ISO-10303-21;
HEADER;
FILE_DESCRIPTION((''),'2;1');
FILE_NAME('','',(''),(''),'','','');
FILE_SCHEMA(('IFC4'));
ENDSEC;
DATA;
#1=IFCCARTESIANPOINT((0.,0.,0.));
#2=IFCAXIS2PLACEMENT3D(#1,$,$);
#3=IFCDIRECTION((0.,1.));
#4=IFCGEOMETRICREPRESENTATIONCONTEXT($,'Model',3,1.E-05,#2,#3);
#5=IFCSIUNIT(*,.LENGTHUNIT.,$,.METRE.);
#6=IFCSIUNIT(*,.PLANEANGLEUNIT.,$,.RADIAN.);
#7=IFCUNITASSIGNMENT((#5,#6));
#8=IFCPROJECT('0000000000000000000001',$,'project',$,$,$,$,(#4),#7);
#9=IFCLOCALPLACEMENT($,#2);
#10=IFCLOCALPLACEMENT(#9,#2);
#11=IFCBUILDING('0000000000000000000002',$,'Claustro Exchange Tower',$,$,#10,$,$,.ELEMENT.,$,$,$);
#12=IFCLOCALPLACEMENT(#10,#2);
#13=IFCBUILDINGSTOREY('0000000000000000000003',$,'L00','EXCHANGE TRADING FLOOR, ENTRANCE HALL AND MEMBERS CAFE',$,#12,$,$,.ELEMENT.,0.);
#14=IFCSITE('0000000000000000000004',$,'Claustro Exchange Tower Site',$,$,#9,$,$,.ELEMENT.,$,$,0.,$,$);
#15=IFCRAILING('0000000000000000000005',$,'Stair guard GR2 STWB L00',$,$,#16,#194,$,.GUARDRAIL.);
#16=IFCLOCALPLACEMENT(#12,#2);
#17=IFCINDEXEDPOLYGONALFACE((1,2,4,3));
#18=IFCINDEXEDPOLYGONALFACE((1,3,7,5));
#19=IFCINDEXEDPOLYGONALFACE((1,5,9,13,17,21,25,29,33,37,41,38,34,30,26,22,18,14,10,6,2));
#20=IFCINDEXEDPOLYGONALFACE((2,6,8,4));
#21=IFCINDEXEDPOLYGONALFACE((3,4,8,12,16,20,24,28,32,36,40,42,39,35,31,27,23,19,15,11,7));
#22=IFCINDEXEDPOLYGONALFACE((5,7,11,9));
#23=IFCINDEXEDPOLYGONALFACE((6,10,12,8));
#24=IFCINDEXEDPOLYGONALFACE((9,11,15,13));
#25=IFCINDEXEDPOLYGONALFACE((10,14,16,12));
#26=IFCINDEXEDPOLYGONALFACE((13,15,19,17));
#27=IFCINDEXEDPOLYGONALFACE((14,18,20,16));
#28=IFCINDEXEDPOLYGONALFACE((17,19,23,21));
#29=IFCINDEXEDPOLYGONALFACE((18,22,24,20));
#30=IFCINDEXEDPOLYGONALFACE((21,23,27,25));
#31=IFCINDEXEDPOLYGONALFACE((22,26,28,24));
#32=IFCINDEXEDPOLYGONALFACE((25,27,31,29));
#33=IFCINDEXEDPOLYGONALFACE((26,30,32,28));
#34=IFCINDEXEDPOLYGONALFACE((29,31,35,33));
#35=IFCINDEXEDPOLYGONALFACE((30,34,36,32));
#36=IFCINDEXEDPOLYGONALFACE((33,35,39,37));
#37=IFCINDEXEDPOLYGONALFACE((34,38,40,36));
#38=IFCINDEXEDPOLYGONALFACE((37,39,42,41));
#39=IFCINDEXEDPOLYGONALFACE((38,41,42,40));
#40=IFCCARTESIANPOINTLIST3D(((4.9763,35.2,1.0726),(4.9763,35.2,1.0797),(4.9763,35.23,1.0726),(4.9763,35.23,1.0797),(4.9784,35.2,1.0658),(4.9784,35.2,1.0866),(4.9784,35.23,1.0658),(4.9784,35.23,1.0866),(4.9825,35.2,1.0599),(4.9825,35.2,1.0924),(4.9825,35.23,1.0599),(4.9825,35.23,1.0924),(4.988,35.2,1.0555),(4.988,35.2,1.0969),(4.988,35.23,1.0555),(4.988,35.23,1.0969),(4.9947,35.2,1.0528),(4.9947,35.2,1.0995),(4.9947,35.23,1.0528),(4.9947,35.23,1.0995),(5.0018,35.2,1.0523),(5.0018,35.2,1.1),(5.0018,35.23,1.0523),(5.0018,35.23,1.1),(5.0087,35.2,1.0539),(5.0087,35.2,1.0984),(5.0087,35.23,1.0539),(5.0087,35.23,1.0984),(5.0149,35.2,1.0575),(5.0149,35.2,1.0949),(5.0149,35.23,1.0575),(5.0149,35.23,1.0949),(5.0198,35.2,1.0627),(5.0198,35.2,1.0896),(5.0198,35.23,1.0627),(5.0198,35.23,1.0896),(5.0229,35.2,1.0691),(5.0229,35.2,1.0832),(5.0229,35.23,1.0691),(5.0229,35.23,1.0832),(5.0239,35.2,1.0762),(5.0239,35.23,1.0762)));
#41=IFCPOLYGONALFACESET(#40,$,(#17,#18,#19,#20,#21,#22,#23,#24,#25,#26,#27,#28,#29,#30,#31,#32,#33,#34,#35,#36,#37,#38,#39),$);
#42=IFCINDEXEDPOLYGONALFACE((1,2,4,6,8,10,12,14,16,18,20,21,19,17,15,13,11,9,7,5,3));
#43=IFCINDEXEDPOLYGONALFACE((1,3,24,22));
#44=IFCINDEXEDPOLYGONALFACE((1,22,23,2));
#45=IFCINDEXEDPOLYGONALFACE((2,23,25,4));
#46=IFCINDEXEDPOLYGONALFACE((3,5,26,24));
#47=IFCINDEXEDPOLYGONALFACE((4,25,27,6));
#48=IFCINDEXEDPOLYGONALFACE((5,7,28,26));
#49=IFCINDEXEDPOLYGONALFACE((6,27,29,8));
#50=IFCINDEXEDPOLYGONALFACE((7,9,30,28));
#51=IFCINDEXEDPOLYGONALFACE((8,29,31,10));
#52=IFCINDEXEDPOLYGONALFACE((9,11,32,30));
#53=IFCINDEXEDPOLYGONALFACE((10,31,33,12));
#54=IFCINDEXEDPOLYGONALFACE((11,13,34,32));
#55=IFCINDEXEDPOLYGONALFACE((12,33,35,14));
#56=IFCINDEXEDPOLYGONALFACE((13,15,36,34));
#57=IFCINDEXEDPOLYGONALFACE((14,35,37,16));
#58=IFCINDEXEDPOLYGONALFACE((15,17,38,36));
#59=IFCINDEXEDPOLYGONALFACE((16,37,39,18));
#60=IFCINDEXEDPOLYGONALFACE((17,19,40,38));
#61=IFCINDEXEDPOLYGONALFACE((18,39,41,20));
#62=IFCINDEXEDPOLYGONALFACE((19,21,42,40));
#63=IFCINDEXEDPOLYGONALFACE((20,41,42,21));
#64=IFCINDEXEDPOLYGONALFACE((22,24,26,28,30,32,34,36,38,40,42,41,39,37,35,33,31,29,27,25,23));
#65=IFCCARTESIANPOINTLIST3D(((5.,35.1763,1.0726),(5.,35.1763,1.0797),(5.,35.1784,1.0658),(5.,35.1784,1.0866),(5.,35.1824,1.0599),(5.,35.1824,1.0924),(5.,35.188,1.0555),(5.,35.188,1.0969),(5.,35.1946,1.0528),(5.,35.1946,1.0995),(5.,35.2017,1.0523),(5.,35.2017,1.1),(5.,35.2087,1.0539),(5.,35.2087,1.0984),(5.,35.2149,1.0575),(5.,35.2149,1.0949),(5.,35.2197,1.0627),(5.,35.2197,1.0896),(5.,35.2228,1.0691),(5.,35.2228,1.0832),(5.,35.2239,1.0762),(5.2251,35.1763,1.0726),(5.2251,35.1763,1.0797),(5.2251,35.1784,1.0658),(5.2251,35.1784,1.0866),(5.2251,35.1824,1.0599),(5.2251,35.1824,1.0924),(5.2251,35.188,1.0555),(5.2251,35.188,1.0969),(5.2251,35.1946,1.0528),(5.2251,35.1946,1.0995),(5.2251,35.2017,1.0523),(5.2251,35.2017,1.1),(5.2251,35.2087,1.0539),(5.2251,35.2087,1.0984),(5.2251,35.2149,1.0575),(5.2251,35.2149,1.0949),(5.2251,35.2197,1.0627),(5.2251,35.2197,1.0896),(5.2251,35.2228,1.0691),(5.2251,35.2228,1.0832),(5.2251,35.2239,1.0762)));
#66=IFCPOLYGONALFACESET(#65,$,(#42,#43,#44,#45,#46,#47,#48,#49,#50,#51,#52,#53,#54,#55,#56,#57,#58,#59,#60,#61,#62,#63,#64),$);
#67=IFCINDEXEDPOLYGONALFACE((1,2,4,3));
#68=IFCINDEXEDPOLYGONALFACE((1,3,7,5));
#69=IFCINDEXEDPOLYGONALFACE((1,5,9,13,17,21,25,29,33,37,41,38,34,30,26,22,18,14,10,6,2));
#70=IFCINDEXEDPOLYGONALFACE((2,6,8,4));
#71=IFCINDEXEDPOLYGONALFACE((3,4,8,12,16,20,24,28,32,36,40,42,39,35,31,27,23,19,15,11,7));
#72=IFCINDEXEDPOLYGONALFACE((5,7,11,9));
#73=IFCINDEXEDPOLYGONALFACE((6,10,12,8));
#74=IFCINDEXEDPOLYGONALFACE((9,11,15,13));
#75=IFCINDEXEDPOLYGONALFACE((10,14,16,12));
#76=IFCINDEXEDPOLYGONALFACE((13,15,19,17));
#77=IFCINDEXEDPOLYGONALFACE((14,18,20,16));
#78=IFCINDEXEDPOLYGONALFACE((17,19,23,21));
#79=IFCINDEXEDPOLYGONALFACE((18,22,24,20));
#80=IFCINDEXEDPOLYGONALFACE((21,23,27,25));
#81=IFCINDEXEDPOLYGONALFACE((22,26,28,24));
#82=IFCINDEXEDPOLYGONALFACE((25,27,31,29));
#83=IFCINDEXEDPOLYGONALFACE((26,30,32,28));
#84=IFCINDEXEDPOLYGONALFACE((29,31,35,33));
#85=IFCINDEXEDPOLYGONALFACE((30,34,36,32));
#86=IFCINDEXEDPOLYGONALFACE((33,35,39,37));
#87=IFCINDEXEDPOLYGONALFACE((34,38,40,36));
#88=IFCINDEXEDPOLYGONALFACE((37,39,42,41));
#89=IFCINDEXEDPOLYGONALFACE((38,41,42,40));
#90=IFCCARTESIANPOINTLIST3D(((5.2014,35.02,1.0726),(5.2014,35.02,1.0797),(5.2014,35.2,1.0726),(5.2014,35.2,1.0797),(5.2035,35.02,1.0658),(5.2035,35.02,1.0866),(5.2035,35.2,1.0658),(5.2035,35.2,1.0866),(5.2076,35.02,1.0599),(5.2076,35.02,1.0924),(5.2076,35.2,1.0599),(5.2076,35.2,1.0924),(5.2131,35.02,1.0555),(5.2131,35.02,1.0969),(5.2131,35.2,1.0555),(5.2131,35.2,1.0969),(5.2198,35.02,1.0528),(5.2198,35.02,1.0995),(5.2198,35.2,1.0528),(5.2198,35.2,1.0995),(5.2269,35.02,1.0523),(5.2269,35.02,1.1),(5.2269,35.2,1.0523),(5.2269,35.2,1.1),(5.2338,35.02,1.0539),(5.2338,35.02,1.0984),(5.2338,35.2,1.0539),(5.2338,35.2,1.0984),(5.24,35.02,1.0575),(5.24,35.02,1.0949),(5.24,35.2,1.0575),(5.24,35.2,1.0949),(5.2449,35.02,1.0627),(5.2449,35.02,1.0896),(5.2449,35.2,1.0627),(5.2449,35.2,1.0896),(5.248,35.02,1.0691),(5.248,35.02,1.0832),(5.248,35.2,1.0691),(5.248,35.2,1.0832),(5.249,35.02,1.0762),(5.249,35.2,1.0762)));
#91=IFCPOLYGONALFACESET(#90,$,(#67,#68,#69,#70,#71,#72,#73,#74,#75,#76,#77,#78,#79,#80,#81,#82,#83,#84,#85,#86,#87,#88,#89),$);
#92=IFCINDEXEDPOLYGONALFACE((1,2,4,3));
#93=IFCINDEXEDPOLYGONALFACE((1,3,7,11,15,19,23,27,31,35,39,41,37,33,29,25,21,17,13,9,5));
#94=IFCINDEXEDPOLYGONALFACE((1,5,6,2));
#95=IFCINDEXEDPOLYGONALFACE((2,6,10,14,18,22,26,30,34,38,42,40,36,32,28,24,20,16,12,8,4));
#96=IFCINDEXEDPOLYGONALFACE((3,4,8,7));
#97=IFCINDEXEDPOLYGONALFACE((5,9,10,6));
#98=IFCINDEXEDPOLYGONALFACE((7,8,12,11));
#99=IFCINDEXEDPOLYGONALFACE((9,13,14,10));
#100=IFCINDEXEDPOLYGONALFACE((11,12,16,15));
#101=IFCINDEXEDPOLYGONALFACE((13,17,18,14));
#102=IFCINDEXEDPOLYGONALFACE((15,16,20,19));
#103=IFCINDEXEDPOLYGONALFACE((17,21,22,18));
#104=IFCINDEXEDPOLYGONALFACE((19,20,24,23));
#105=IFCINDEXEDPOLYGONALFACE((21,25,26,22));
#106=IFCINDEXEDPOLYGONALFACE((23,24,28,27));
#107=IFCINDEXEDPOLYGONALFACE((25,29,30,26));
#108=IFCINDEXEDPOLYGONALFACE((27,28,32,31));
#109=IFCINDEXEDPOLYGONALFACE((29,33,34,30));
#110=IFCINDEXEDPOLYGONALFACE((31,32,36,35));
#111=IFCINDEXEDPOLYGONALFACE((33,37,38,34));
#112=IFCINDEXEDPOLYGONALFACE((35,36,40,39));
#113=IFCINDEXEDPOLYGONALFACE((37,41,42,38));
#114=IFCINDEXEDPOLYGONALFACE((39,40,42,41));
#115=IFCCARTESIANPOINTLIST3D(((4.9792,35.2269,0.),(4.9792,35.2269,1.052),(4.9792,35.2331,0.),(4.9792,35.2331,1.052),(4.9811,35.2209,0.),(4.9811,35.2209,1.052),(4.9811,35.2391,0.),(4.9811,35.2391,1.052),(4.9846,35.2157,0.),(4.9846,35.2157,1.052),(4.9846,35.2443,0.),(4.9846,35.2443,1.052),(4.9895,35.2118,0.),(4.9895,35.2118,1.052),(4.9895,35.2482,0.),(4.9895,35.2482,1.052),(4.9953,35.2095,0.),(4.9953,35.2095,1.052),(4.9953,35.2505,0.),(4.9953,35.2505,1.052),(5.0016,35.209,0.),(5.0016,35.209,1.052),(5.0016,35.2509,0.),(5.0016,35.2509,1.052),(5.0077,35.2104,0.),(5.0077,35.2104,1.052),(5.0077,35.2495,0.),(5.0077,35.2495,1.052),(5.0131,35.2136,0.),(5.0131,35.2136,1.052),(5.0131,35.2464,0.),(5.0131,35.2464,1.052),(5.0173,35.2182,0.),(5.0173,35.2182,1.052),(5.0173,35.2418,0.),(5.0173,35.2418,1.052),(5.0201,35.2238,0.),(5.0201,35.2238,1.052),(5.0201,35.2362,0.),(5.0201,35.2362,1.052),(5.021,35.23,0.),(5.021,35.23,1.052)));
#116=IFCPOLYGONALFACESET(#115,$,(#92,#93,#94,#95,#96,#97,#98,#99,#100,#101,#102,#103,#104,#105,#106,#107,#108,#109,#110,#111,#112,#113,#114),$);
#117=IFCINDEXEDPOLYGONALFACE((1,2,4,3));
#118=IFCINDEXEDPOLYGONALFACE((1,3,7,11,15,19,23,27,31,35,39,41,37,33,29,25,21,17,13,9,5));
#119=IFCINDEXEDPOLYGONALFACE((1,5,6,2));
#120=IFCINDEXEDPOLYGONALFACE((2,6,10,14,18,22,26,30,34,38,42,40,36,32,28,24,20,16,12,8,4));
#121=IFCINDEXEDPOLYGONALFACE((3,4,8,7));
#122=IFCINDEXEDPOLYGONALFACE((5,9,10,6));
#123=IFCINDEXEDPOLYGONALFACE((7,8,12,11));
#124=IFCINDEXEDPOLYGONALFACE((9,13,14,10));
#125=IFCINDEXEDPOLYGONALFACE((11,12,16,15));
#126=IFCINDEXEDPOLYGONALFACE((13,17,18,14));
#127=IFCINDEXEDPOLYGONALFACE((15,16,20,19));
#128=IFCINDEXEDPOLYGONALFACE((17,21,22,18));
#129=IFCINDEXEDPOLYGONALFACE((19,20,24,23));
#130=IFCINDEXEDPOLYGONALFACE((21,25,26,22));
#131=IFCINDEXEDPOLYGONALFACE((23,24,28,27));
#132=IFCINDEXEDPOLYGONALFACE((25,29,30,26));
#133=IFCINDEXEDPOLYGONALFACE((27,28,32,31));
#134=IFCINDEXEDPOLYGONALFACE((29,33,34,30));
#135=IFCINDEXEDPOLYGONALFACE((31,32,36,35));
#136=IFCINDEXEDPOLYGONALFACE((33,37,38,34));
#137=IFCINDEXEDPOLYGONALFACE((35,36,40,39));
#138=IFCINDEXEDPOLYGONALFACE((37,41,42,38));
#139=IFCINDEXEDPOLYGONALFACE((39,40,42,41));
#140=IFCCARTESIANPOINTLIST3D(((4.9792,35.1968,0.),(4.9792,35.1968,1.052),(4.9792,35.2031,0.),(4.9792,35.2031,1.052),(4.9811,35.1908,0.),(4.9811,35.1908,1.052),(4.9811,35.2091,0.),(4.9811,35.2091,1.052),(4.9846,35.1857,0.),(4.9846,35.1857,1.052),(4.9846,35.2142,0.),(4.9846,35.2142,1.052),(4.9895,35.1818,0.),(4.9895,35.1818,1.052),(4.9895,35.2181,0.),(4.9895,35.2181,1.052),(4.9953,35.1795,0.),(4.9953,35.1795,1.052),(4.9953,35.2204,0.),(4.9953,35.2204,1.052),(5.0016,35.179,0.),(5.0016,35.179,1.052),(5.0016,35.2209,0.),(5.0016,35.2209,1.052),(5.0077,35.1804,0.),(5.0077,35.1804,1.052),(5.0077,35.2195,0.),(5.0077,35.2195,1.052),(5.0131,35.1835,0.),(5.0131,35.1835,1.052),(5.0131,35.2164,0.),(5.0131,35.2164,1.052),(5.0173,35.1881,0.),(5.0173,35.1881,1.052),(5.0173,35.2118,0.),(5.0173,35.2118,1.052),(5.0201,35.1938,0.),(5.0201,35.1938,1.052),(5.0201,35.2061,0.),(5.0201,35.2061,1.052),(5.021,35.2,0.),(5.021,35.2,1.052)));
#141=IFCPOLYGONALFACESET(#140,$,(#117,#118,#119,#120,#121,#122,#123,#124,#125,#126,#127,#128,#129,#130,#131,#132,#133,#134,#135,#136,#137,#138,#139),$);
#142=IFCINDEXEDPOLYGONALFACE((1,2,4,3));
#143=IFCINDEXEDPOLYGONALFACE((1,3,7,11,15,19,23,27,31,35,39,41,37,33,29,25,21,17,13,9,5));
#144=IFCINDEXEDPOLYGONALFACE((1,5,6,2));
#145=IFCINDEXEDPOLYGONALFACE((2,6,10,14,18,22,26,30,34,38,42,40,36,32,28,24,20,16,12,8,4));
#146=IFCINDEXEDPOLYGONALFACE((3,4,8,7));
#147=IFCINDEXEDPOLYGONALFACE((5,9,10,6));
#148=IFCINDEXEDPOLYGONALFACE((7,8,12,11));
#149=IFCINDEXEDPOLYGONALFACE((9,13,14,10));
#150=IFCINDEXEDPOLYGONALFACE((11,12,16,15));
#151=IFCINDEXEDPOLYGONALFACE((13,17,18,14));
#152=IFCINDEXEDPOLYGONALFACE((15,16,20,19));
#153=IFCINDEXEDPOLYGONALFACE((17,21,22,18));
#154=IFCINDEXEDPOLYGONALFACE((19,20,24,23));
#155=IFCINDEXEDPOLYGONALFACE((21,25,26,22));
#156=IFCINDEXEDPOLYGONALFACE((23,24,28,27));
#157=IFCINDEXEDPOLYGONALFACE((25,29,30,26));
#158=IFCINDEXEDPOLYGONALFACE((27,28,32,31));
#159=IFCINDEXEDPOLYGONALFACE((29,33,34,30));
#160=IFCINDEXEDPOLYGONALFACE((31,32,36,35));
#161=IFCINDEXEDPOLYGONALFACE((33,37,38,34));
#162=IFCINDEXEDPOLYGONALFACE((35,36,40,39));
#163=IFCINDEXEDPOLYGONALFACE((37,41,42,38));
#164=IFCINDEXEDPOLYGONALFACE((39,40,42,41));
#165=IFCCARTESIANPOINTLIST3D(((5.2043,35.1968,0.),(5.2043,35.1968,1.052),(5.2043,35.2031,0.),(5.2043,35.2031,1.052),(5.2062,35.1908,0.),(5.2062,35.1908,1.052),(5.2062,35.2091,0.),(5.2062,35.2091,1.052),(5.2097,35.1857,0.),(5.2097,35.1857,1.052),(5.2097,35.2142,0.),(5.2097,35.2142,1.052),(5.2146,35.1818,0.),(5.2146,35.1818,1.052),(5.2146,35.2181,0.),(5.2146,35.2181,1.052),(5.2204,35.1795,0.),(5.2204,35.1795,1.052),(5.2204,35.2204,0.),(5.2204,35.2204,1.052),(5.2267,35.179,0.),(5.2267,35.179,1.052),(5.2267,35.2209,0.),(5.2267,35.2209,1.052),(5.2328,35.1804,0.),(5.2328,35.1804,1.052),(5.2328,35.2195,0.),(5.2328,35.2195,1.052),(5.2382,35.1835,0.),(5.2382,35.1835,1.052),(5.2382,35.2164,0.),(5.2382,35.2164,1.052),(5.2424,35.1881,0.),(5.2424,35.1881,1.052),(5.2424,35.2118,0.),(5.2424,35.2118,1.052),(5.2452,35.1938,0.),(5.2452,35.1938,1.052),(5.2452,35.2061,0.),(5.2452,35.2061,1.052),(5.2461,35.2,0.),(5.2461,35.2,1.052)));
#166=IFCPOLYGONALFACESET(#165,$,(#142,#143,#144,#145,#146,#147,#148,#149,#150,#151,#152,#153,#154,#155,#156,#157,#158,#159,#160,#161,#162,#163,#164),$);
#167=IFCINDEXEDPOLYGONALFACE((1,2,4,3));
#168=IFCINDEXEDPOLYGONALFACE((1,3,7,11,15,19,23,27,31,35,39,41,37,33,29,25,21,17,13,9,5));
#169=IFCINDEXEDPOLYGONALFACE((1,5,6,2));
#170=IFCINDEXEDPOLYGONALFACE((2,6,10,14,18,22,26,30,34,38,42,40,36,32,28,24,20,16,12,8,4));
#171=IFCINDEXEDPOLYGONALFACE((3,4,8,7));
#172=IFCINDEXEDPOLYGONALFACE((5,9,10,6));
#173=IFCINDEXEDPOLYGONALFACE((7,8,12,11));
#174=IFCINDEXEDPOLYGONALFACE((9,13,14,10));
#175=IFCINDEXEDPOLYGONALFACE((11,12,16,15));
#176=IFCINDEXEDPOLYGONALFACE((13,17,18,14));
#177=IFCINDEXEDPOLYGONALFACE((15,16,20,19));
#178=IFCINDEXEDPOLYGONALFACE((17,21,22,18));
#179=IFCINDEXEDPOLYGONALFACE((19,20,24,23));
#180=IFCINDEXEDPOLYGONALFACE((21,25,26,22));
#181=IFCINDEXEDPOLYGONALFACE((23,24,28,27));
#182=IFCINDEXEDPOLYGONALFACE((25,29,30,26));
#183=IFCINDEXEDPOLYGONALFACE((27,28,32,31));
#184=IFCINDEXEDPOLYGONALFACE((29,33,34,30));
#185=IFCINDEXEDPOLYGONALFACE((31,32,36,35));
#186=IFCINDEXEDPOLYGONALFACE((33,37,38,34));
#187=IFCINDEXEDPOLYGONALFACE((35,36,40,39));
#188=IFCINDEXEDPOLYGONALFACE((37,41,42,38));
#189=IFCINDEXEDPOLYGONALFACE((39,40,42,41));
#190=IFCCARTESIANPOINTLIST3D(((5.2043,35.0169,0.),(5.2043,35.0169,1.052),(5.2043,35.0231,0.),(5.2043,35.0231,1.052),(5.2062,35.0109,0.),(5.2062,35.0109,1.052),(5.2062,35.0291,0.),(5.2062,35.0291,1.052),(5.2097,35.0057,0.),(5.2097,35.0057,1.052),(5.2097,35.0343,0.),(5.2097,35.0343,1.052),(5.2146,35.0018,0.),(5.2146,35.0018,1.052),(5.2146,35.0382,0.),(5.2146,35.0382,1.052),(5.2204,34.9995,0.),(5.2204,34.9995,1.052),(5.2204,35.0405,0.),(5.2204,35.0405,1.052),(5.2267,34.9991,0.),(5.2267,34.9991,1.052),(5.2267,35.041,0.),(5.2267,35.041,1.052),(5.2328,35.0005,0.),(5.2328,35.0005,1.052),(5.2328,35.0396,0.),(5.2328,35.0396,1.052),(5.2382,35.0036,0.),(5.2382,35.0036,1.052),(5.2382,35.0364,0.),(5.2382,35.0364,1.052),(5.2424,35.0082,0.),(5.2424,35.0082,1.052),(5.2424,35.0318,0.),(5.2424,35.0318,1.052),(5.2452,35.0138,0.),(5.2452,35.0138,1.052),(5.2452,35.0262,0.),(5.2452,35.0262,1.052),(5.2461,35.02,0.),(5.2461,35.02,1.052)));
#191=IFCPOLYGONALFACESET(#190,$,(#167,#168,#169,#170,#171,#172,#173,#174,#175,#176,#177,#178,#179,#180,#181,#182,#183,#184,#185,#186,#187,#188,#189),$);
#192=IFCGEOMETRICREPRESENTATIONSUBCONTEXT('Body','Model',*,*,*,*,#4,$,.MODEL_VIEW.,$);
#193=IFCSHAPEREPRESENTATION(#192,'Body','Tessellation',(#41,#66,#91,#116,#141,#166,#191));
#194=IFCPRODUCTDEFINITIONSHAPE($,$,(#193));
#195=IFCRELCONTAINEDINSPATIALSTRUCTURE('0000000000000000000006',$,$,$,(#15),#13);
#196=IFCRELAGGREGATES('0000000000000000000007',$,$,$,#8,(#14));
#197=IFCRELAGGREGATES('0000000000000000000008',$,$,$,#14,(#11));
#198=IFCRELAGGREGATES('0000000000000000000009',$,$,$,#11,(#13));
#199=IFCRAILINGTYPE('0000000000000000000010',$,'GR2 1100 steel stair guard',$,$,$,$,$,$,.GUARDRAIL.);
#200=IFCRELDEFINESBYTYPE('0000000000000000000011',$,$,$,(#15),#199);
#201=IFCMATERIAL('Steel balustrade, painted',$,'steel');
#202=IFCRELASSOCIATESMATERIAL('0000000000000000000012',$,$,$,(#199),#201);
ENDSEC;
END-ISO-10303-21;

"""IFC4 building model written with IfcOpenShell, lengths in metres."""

from ifc_helpers import new_model, si_unit, direction, frame, origin, origin_2d, place, context, subcontext, project, spatial, circle, extrude, material, type_object, element, save


model = new_model("IFC4")

# Units and contexts
model_context = context("Model", 3, precision=1e-05, world=origin(), true_north=direction((0.0, 1.0)))
body_context = subcontext(model_context, "Body", "Model", "MODEL_VIEW")
ifc_project = project(units=[si_unit("LENGTHUNIT", "METRE"), si_unit("PLANEANGLEUNIT", "RADIAN")], contexts=[model_context])

# Site, building, storey
site_placement = place(None, origin())
site = spatial("IfcSite", under=ifc_project, at=site_placement, Name="Claustro Exchange Tower Site", CompositionType="ELEMENT", RefElevation=0.0)
building_placement = place(site_placement, origin())
building = spatial("IfcBuilding", under=site, at=building_placement, Name="Claustro Exchange Tower", CompositionType="ELEMENT")
storey_placement = place(building_placement, origin())
storey = spatial("IfcBuildingStorey", under=building, at=storey_placement, Name="L00", Description="EXCHANGE TRADING FLOOR, ENTRANCE HALL AND MEMBERS CAFE", CompositionType="ELEMENT", Elevation=0.0)

# Railing
ifc_material_1 = material(Name="Steel balustrade, painted", Category="steel")
railing_type_1 = type_object("IfcRailingType", Name="GR2 1100 steel stair guard", PredefinedType="GUARDRAIL", material=ifc_material_1)
railing_1_placement = place(storey_placement, frame((5.0, 35.23, 0.0)))
element("IfcRailing", 1, at=railing_1_placement, inside=storey, type_object=railing_type_1, Name="Stair guard GR2 STWB L00", PredefinedType="GUARDRAIL", context=body_context, shape_type="SweptSolid", body=[
    extrude(circle(Radius=0.0239, at=origin_2d()), frame((0.0, 0.0, 1.0762), z_axis=(0.0, -1.0, 0.0), x_axis=(1.0, 0.0, 0.0)), (0.0, 0.0, 1.0), 0.03),
    extrude(circle(Radius=0.0239, at=origin_2d()), frame((0.0, -0.03, 1.0762), z_axis=(1.0, 0.0, 0.0), x_axis=(0.0, 1.0, 0.0)), (0.0, 0.0, 1.0), 0.2251),
    extrude(circle(Radius=0.0239, at=origin_2d()), frame((0.2251, -0.03, 1.0762), z_axis=(0.0, -1.0, 0.0), x_axis=(1.0, 0.0, 0.0)), (0.0, 0.0, 1.0), 0.1799),
    extrude(circle(Radius=0.021, at=origin_2d()), origin(), (0.0, 0.0, 1.0), 1.052),
    extrude(circle(Radius=0.021, at=origin_2d()), frame((0.0, -0.03, 0.0)), (0.0, 0.0, 1.0), 1.052),
    extrude(circle(Radius=0.021, at=origin_2d()), frame((0.2251, -0.03, 0.0)), (0.0, 0.0, 1.0), 1.052),
    extrude(circle(Radius=0.021, at=origin_2d()), frame((0.2251, -0.21, 0.0)), (0.0, 0.0, 1.0), 1.052),
])

save(model, "model.ifc")
